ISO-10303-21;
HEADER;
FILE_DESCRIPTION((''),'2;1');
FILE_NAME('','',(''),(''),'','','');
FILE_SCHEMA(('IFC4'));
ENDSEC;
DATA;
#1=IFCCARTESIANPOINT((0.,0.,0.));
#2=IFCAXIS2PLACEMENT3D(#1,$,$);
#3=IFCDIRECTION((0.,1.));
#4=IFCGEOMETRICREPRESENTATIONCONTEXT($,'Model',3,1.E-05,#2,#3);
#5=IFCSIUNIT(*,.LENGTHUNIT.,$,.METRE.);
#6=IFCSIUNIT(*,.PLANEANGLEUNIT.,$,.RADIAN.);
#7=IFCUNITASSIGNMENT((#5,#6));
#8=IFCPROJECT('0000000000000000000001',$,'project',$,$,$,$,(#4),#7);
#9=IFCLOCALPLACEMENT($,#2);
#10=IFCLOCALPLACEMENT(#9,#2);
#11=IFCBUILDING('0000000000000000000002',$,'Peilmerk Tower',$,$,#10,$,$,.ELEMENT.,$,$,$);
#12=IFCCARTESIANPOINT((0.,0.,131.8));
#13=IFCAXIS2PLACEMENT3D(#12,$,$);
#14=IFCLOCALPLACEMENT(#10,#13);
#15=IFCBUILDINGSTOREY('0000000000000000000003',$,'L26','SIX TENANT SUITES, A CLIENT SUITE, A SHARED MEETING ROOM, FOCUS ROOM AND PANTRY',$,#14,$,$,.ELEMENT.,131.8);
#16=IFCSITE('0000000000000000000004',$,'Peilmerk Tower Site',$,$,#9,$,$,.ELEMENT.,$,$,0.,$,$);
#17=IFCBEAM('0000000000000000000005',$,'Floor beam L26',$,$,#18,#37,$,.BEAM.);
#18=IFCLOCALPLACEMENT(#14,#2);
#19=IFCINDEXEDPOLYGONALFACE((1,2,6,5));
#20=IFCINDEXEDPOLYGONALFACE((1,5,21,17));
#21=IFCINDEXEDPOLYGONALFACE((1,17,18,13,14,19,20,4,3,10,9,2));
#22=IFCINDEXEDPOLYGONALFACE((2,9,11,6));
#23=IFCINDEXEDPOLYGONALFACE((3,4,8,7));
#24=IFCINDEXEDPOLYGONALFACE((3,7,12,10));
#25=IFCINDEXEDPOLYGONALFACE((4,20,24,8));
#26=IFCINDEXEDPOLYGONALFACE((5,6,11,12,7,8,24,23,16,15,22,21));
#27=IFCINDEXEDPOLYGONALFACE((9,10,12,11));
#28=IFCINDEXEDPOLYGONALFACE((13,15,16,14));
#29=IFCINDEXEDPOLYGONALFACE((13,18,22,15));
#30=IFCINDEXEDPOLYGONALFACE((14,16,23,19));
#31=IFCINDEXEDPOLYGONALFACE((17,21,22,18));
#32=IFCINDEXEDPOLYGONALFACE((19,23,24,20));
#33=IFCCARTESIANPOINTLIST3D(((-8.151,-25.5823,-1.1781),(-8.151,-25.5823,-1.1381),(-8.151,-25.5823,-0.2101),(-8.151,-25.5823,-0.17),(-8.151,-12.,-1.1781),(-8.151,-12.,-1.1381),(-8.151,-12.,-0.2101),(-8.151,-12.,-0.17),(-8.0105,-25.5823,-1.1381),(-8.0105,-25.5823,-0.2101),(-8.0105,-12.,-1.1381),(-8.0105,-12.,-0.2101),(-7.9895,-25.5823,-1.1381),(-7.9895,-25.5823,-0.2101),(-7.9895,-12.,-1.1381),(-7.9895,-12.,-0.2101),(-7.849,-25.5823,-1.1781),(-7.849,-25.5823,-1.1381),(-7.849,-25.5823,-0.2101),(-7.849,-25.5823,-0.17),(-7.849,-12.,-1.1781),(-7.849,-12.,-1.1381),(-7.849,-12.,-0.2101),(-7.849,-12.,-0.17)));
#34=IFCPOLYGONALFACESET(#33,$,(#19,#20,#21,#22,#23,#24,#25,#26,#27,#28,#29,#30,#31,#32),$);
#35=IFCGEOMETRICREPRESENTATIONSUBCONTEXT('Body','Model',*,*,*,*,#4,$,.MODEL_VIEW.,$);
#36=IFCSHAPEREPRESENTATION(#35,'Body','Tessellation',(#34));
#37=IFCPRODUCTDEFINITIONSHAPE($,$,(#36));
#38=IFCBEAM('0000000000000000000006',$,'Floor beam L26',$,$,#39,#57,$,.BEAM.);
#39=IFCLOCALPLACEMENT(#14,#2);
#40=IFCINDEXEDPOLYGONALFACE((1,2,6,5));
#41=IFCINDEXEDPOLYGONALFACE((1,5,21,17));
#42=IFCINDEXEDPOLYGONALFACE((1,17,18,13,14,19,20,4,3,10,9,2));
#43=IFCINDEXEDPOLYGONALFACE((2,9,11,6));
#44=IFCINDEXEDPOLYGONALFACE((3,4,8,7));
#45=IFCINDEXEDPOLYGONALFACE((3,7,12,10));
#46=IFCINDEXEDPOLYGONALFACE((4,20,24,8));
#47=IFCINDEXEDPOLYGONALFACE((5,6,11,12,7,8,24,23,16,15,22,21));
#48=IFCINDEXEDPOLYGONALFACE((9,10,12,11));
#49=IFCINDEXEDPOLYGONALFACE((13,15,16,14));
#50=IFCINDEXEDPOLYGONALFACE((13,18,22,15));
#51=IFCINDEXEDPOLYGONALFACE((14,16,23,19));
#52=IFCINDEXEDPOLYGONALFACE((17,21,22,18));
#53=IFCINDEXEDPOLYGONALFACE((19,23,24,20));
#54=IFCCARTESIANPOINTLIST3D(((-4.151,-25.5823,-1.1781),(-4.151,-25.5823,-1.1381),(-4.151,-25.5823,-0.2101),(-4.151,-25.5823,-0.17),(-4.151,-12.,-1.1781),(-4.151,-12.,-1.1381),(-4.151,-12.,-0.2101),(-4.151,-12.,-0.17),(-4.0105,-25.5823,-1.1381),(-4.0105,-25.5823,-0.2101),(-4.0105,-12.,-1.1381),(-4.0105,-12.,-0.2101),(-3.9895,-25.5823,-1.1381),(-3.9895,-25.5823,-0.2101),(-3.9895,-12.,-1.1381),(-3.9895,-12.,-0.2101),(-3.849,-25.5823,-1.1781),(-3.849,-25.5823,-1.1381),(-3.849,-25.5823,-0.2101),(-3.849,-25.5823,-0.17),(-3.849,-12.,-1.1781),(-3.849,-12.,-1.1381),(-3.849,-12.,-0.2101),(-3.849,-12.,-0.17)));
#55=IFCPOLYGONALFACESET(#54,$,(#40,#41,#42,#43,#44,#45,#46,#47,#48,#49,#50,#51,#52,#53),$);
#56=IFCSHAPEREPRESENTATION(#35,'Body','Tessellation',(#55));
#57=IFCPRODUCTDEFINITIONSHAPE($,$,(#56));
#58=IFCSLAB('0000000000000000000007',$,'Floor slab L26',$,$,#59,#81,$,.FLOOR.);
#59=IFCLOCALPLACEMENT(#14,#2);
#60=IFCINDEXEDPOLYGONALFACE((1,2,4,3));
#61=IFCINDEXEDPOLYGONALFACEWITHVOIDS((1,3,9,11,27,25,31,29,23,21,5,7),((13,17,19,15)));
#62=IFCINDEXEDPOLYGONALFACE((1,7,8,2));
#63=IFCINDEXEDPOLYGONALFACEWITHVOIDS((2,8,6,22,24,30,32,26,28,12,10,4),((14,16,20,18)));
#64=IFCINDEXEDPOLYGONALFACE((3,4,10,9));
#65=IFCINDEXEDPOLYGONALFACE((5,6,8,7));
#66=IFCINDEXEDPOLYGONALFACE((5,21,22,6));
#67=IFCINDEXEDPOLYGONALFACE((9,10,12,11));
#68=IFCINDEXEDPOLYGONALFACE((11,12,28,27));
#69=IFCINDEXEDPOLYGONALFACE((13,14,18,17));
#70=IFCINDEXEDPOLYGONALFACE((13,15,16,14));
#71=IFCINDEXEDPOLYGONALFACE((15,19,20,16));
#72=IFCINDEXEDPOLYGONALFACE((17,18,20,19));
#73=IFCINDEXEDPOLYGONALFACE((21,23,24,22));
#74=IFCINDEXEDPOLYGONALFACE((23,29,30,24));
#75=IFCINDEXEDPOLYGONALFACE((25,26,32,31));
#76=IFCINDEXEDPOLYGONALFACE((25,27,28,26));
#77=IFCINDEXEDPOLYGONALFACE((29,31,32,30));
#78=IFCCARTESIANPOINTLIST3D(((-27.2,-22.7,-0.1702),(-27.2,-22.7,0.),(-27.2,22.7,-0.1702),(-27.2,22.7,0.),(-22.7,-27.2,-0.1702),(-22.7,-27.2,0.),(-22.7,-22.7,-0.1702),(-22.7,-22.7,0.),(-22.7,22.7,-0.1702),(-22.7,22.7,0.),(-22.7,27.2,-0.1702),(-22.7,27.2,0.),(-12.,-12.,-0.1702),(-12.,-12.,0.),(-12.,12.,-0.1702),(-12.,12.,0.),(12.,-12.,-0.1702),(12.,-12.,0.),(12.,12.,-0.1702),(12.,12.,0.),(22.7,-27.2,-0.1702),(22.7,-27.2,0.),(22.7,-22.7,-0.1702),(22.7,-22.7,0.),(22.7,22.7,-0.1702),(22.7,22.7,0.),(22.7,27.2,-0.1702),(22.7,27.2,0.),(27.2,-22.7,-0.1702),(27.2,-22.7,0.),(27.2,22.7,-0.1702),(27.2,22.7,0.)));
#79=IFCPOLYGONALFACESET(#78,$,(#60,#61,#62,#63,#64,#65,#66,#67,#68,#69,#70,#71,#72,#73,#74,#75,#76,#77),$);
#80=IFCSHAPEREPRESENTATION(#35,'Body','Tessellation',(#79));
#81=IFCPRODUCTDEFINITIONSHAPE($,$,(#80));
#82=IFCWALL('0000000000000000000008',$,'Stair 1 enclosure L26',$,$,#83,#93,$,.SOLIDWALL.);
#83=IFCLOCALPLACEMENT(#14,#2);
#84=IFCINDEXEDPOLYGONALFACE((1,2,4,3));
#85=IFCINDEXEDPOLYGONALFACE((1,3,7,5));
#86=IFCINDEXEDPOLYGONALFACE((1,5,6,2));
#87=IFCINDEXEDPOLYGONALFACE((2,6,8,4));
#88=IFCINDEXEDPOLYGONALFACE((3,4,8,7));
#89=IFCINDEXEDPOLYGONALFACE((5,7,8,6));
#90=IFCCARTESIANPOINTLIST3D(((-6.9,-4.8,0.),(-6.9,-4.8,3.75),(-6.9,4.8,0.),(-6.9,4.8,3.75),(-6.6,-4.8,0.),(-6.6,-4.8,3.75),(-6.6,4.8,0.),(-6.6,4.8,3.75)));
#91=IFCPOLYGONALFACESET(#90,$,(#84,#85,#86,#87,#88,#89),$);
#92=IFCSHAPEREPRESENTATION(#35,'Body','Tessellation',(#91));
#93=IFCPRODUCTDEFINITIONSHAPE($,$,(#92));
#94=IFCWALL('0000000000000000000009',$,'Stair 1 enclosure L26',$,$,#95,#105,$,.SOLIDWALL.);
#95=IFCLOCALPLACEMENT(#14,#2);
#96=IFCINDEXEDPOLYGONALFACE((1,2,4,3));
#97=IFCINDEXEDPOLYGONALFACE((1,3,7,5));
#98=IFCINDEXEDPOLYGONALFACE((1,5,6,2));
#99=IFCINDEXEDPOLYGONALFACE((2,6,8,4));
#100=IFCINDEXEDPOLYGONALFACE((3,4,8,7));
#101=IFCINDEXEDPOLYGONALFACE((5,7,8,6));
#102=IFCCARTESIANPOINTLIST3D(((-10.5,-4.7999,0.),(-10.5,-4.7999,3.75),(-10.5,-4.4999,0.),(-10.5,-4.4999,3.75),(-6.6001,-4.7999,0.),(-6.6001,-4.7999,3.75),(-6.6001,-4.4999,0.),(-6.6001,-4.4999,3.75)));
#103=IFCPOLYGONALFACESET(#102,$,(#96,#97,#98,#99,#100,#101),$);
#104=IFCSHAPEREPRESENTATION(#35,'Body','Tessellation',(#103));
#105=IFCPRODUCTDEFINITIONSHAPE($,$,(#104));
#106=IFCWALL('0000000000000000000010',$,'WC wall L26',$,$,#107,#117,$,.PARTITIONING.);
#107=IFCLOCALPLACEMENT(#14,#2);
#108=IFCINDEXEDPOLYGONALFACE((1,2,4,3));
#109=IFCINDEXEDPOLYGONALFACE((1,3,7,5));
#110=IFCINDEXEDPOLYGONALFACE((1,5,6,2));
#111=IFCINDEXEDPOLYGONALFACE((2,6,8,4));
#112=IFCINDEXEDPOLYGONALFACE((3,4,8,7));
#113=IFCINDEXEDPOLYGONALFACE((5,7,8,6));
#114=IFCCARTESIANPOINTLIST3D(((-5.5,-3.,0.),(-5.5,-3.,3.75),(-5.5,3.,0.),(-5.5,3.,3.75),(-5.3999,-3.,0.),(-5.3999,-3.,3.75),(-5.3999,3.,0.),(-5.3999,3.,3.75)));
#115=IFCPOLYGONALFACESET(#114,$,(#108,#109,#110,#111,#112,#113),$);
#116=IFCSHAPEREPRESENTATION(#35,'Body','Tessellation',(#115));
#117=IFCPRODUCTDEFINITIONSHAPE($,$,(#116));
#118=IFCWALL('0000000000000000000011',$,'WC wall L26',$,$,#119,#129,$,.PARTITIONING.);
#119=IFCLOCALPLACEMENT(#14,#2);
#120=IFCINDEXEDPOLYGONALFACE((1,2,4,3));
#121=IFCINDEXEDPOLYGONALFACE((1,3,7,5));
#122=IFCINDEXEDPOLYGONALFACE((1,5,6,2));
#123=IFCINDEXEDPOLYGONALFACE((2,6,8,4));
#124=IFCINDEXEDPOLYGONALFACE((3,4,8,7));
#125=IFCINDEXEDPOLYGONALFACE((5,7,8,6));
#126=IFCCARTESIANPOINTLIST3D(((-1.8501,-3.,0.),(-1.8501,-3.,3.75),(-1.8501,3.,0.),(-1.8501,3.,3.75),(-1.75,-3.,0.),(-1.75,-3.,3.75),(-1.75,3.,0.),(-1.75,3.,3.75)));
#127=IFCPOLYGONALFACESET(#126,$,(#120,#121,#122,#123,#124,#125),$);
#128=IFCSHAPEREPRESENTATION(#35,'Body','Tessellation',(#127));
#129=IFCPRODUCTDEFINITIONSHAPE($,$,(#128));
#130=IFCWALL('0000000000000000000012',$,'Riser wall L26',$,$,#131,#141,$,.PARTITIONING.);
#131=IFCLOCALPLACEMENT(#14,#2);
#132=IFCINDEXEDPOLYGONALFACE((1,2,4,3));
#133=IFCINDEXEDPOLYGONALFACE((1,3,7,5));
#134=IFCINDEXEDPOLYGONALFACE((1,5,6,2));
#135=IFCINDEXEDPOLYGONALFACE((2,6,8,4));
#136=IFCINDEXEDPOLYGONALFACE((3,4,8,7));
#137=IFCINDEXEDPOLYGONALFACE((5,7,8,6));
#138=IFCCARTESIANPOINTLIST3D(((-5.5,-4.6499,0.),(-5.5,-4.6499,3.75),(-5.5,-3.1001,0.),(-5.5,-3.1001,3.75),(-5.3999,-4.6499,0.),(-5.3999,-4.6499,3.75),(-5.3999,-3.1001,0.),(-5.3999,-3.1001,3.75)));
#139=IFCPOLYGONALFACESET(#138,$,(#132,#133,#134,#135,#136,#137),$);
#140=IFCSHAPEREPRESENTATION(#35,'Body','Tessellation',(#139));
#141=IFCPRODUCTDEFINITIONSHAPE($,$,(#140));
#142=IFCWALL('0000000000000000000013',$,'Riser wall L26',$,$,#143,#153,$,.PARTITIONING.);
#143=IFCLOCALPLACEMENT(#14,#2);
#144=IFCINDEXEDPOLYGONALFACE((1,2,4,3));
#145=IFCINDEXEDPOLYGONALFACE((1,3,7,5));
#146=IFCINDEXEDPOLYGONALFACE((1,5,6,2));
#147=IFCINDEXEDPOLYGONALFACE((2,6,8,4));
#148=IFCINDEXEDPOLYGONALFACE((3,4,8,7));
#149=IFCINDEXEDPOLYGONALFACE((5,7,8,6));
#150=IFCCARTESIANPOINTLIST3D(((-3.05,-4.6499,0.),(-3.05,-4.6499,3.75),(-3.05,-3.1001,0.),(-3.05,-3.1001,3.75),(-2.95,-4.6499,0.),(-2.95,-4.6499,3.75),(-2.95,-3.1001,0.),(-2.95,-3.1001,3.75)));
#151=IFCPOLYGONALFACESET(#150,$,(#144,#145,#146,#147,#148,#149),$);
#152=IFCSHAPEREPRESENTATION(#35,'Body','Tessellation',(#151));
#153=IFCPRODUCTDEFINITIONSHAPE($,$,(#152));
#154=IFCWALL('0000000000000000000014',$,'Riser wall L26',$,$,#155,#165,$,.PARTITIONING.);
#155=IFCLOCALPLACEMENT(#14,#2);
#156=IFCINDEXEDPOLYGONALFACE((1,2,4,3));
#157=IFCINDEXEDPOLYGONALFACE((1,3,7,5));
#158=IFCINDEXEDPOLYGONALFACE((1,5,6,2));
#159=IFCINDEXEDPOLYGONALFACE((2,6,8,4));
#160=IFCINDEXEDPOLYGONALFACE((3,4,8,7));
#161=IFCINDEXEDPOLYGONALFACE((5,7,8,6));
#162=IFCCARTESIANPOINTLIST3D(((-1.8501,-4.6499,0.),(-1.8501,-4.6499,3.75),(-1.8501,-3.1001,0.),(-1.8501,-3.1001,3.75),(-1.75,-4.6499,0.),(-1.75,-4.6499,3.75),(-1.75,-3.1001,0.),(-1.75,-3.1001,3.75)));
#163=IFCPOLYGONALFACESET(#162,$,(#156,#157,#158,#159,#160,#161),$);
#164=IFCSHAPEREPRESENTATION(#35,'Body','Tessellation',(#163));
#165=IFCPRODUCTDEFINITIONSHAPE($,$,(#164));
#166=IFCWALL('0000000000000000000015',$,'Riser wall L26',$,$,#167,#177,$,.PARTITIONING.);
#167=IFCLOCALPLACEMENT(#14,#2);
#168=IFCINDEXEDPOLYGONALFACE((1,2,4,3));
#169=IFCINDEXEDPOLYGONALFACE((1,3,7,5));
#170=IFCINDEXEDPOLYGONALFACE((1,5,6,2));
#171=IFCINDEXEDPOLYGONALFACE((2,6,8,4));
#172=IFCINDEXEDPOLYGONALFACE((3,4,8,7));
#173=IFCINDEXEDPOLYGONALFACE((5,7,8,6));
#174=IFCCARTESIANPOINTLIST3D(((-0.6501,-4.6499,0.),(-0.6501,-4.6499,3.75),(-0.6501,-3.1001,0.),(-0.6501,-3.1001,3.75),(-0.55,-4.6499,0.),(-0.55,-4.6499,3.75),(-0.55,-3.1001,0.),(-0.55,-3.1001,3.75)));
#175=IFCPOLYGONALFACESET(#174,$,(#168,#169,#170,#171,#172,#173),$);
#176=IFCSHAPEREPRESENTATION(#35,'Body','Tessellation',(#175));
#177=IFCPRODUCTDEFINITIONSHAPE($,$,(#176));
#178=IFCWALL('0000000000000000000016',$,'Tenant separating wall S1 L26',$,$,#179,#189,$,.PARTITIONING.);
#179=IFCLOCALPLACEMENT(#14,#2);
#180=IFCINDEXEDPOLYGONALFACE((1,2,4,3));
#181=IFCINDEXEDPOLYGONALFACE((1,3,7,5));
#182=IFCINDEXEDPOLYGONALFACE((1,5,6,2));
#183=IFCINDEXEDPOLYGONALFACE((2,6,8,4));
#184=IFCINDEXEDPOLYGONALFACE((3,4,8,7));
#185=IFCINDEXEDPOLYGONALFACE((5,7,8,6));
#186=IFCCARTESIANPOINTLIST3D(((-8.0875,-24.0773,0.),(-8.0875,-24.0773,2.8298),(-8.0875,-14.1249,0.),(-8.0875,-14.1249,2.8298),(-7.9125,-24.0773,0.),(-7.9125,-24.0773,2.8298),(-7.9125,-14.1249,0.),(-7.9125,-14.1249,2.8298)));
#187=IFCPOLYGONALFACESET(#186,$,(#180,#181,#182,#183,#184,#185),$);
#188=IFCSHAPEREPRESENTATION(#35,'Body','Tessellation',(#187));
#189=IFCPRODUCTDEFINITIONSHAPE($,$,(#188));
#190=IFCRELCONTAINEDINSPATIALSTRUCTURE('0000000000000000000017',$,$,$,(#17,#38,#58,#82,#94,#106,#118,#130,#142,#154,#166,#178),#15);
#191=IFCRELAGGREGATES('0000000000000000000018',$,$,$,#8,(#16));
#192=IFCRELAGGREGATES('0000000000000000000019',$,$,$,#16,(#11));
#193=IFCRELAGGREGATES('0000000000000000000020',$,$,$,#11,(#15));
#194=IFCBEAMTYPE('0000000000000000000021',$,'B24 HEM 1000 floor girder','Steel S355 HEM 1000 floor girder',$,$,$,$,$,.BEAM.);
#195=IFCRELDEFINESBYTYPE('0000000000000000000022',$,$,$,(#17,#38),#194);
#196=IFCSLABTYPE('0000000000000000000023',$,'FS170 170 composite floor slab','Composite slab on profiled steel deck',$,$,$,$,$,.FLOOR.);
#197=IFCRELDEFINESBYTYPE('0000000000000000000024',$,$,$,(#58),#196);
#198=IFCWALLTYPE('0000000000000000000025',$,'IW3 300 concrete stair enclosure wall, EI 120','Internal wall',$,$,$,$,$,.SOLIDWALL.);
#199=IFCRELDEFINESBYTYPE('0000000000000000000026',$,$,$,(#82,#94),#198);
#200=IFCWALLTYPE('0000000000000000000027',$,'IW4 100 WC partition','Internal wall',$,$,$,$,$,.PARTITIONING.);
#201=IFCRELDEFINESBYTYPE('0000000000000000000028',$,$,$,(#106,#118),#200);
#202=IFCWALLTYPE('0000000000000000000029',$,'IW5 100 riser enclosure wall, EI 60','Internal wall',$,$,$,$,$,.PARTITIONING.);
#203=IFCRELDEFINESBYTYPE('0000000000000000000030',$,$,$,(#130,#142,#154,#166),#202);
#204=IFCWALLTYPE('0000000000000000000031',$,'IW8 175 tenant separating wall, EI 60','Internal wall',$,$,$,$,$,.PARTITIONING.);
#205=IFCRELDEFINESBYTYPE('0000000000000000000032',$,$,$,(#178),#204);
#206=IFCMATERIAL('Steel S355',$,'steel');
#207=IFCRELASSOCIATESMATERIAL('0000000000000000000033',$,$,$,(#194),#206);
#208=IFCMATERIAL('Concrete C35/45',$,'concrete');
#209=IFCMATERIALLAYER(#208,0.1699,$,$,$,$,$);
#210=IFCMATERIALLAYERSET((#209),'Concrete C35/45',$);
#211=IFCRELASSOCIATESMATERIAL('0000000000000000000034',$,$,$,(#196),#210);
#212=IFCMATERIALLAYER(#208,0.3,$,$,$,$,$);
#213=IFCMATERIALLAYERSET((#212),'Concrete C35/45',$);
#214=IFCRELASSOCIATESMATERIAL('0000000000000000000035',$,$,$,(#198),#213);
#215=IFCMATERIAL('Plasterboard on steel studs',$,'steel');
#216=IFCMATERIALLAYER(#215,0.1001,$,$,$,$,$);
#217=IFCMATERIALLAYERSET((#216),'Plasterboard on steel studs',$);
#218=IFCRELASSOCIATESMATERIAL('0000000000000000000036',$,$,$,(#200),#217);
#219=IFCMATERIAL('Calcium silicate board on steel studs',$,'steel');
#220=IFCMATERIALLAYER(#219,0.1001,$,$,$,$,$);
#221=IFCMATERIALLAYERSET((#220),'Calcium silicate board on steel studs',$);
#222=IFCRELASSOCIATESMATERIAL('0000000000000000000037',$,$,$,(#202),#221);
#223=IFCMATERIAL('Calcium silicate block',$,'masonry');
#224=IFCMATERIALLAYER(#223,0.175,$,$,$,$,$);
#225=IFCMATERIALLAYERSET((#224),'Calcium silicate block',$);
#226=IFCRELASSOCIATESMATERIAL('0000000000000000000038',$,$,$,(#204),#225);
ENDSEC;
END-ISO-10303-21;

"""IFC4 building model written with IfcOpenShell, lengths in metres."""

from ifc_helpers import new_model, si_unit, direction, frame, frame_2d, origin, origin_2d, place, context, subcontext, project, spatial, polyline, rectangle, i_section, outline, extrude, material, layer, layer_set, material_profile, profile_set, type_object, element, save


model = new_model("IFC4")

# Units and contexts
model_context = context("Model", 3, precision=1e-05, world=origin(), true_north=direction((0.0, 1.0)))
body_context = subcontext(model_context, "Body", "Model", "MODEL_VIEW")
ifc_project = project(units=[si_unit("LENGTHUNIT", "METRE"), si_unit("PLANEANGLEUNIT", "RADIAN")], contexts=[model_context])

# Site, building, storey
site_placement = place(None, origin())
site = spatial("IfcSite", under=ifc_project, at=site_placement, Name="Peilmerk Tower Site", CompositionType="ELEMENT", RefElevation=0.0)
building_placement = place(site_placement, origin())
building = spatial("IfcBuilding", under=site, at=building_placement, Name="Peilmerk Tower", CompositionType="ELEMENT")
storey_placement = place(building_placement, frame((0.0, 0.0, 131.8)))
storey = spatial("IfcBuildingStorey", under=building, at=storey_placement, Name="L26", Description="SIX TENANT SUITES, A CLIENT SUITE, A SHARED MEETING ROOM, FOCUS ROOM AND PANTRY", CompositionType="ELEMENT", Elevation=131.8)

# Beams
ifc_material_1 = material(Name="Steel S355", Category="steel")
ifc_material_profile = material_profile(ifc_material_1, i_section(OverallWidth=0.302, OverallDepth=1.0081, WebThickness=0.021, FlangeThickness=0.04, at=origin_2d()), Name="HEM 1000")
ifc_profile_set = profile_set([ifc_material_profile], Name="Steel S355")
beam_type = type_object("IfcBeamType", Name="B24 HEM 1000 floor girder", Description="Steel S355 HEM 1000 floor girder", PredefinedType="BEAM", material=ifc_profile_set)
for number, where, z_axis, x_axis, name in (
    (1, (-8.0, -12.0, -0.6741), (0.0, -1.0, 0.0), (1.0, 0.0, 0.0), "Floor beam L26"),
    (2, (-4.0, -12.0, -0.6741), (0.0, -1.0, 0.0), (1.0, 0.0, 0.0), "Floor beam L26"),
):
    element("IfcBeam", number, at=place(storey_placement, frame(where, z_axis=z_axis, x_axis=x_axis)), inside=storey, type_object=beam_type, Name=name, PredefinedType="BEAM", context=body_context, shape_type="SweptSolid", body=[
        extrude(i_section(OverallWidth=0.302, OverallDepth=1.0081, WebThickness=0.021, FlangeThickness=0.04, at=origin_2d()), origin(), (0.0, 0.0, 1.0), 13.5823),
    ])

# Slab
ifc_material_2 = material(Name="Concrete C35/45", Category="concrete")
ifc_layer_1 = layer(ifc_material_2, 0.1699)
ifc_layer_set_1 = layer_set([ifc_layer_1], Name="Concrete C35/45")
slab_type = type_object("IfcSlabType", Name="FS170 170 composite floor slab", Description="Composite slab on profiled steel deck", PredefinedType="FLOOR", material=ifc_layer_set_1)
slab_placement = place(storey_placement, frame((0.0, 0.0, -0.1702)))
element("IfcSlab", 3, at=slab_placement, inside=storey, type_object=slab_type, Name="Floor slab L26", PredefinedType="FLOOR", context=body_context, shape_type="SweptSolid", body=[
    extrude(outline(polyline([(-22.7, -27.2), (22.7, -27.2), (22.7, -22.7), (27.2, -22.7), (27.2, 22.7), (22.7, 22.7), (22.7, 27.2), (-22.7, 27.2), (-22.7, 22.7), (-27.2, 22.7), (-27.2, -22.7), (-22.7, -22.7), (-22.7, -27.2)]), holes=[polyline([(12.0, 12.0), (12.0, -12.0), (-12.0, -12.0), (-12.0, 12.0), (12.0, 12.0)])]), origin(), (0.0, 0.0, 1.0), 0.1702),
])

# Walls
ifc_layer_2 = layer(ifc_material_2, 0.3)
ifc_layer_set_2 = layer_set([ifc_layer_2], Name="Concrete C35/45")
wall_type_1 = type_object("IfcWallType", Name="IW3 300 concrete stair enclosure wall, EI 120", Description="Internal wall", PredefinedType="SOLIDWALL", material=ifc_layer_set_2)
wall_1_placement = place(storey_placement, frame((-6.75, -4.8, 0.0), z_axis=(0.0, 0.0, 1.0), x_axis=(0.0, 1.0, 0.0)))
element("IfcWall", 4, at=wall_1_placement, inside=storey, type_object=wall_type_1, Name="Stair 1 enclosure L26", PredefinedType="SOLIDWALL", context=body_context, shape_type="SweptSolid", body=[
    extrude(rectangle(XDim=9.6001, YDim=0.3, at=frame_2d((4.8, 0.0))), origin(), (0.0, 0.0, 1.0), 3.75),
])
wall_2_placement = place(storey_placement, frame((-6.6001, -4.6499, 0.0), z_axis=(0.0, 0.0, 1.0), x_axis=(-1.0, 0.0, 0.0)))
element("IfcWall", 5, at=wall_2_placement, inside=storey, type_object=wall_type_1, Name="Stair 1 enclosure L26", PredefinedType="SOLIDWALL", context=body_context, shape_type="SweptSolid", body=[
    extrude(rectangle(XDim=3.8999, YDim=0.3, at=frame_2d((1.95, 0.0))), origin(), (0.0, 0.0, 1.0), 3.75),
])
ifc_material_3 = material(Name="Plasterboard on steel studs", Category="steel")
ifc_layer_3 = layer(ifc_material_3, 0.1001)
ifc_layer_set_3 = layer_set([ifc_layer_3], Name="Plasterboard on steel studs")
wall_type_2 = type_object("IfcWallType", Name="IW4 100 WC partition", Description="Internal wall", PredefinedType="PARTITIONING", material=ifc_layer_set_3)
for number, where, z_axis, x_axis, name in (
    (6, (-5.45, -3.0, 0.0), (0.0, 0.0, 1.0), (0.0, 1.0, 0.0), "WC wall L26"),
    (7, (-1.8, -3.0, 0.0), (0.0, 0.0, 1.0), (0.0, 1.0, 0.0), "WC wall L26"),
):
    element("IfcWall", number, at=place(storey_placement, frame(where, z_axis=z_axis, x_axis=x_axis)), inside=storey, type_object=wall_type_2, Name=name, PredefinedType="PARTITIONING", context=body_context, shape_type="SweptSolid", body=[
        extrude(rectangle(XDim=6.0, YDim=0.1001, at=frame_2d((3.0, 0.0))), origin(), (0.0, 0.0, 1.0), 3.75),
    ])
ifc_material_4 = material(Name="Calcium silicate board on steel studs", Category="steel")
ifc_layer_4 = layer(ifc_material_4, 0.1001)
ifc_layer_set_4 = layer_set([ifc_layer_4], Name="Calcium silicate board on steel studs")
wall_type_3 = type_object("IfcWallType", Name="IW5 100 riser enclosure wall, EI 60", Description="Internal wall", PredefinedType="PARTITIONING", material=ifc_layer_set_4)
for number, where, z_axis, x_axis, name in (
    (8, (-5.45, -3.1001, 0.0), (0.0, 0.0, 1.0), (0.0, -1.0, 0.0), "Riser wall L26"),
    (9, (-3.0, -3.1001, 0.0), (0.0, 0.0, 1.0), (0.0, -1.0, 0.0), "Riser wall L26"),
    (10, (-1.8, -3.1001, 0.0), (0.0, 0.0, 1.0), (0.0, -1.0, 0.0), "Riser wall L26"),
    (11, (-0.6001, -3.1001, 0.0), (0.0, 0.0, 1.0), (0.0, -1.0, 0.0), "Riser wall L26"),
):
    element("IfcWall", number, at=place(storey_placement, frame(where, z_axis=z_axis, x_axis=x_axis)), inside=storey, type_object=wall_type_3, Name=name, PredefinedType="PARTITIONING", context=body_context, shape_type="SweptSolid", body=[
        extrude(rectangle(XDim=1.5498, YDim=0.1001, at=frame_2d((0.7749, 0.0))), origin(), (0.0, 0.0, 1.0), 3.75),
    ])
ifc_material_5 = material(Name="Calcium silicate block", Category="masonry")
ifc_layer_5 = layer(ifc_material_5, 0.175)
ifc_layer_set_5 = layer_set([ifc_layer_5], Name="Calcium silicate block")
wall_type_4 = type_object("IfcWallType", Name="IW8 175 tenant separating wall, EI 60", Description="Internal wall", PredefinedType="PARTITIONING", material=ifc_layer_set_5)
wall_3_placement = place(storey_placement, frame((-8.0, -14.125, 0.0), z_axis=(0.0, 0.0, 1.0), x_axis=(0.0, -1.0, 0.0)))
element("IfcWall", 12, at=wall_3_placement, inside=storey, type_object=wall_type_4, Name="Tenant separating wall S1 L26", PredefinedType="PARTITIONING", context=body_context, shape_type="SweptSolid", body=[
    extrude(rectangle(XDim=9.9524, YDim=0.175, at=frame_2d((4.9761, 0.0))), origin(), (0.0, 0.0, 1.0), 2.8298),
])

save(model, "model.ifc")
